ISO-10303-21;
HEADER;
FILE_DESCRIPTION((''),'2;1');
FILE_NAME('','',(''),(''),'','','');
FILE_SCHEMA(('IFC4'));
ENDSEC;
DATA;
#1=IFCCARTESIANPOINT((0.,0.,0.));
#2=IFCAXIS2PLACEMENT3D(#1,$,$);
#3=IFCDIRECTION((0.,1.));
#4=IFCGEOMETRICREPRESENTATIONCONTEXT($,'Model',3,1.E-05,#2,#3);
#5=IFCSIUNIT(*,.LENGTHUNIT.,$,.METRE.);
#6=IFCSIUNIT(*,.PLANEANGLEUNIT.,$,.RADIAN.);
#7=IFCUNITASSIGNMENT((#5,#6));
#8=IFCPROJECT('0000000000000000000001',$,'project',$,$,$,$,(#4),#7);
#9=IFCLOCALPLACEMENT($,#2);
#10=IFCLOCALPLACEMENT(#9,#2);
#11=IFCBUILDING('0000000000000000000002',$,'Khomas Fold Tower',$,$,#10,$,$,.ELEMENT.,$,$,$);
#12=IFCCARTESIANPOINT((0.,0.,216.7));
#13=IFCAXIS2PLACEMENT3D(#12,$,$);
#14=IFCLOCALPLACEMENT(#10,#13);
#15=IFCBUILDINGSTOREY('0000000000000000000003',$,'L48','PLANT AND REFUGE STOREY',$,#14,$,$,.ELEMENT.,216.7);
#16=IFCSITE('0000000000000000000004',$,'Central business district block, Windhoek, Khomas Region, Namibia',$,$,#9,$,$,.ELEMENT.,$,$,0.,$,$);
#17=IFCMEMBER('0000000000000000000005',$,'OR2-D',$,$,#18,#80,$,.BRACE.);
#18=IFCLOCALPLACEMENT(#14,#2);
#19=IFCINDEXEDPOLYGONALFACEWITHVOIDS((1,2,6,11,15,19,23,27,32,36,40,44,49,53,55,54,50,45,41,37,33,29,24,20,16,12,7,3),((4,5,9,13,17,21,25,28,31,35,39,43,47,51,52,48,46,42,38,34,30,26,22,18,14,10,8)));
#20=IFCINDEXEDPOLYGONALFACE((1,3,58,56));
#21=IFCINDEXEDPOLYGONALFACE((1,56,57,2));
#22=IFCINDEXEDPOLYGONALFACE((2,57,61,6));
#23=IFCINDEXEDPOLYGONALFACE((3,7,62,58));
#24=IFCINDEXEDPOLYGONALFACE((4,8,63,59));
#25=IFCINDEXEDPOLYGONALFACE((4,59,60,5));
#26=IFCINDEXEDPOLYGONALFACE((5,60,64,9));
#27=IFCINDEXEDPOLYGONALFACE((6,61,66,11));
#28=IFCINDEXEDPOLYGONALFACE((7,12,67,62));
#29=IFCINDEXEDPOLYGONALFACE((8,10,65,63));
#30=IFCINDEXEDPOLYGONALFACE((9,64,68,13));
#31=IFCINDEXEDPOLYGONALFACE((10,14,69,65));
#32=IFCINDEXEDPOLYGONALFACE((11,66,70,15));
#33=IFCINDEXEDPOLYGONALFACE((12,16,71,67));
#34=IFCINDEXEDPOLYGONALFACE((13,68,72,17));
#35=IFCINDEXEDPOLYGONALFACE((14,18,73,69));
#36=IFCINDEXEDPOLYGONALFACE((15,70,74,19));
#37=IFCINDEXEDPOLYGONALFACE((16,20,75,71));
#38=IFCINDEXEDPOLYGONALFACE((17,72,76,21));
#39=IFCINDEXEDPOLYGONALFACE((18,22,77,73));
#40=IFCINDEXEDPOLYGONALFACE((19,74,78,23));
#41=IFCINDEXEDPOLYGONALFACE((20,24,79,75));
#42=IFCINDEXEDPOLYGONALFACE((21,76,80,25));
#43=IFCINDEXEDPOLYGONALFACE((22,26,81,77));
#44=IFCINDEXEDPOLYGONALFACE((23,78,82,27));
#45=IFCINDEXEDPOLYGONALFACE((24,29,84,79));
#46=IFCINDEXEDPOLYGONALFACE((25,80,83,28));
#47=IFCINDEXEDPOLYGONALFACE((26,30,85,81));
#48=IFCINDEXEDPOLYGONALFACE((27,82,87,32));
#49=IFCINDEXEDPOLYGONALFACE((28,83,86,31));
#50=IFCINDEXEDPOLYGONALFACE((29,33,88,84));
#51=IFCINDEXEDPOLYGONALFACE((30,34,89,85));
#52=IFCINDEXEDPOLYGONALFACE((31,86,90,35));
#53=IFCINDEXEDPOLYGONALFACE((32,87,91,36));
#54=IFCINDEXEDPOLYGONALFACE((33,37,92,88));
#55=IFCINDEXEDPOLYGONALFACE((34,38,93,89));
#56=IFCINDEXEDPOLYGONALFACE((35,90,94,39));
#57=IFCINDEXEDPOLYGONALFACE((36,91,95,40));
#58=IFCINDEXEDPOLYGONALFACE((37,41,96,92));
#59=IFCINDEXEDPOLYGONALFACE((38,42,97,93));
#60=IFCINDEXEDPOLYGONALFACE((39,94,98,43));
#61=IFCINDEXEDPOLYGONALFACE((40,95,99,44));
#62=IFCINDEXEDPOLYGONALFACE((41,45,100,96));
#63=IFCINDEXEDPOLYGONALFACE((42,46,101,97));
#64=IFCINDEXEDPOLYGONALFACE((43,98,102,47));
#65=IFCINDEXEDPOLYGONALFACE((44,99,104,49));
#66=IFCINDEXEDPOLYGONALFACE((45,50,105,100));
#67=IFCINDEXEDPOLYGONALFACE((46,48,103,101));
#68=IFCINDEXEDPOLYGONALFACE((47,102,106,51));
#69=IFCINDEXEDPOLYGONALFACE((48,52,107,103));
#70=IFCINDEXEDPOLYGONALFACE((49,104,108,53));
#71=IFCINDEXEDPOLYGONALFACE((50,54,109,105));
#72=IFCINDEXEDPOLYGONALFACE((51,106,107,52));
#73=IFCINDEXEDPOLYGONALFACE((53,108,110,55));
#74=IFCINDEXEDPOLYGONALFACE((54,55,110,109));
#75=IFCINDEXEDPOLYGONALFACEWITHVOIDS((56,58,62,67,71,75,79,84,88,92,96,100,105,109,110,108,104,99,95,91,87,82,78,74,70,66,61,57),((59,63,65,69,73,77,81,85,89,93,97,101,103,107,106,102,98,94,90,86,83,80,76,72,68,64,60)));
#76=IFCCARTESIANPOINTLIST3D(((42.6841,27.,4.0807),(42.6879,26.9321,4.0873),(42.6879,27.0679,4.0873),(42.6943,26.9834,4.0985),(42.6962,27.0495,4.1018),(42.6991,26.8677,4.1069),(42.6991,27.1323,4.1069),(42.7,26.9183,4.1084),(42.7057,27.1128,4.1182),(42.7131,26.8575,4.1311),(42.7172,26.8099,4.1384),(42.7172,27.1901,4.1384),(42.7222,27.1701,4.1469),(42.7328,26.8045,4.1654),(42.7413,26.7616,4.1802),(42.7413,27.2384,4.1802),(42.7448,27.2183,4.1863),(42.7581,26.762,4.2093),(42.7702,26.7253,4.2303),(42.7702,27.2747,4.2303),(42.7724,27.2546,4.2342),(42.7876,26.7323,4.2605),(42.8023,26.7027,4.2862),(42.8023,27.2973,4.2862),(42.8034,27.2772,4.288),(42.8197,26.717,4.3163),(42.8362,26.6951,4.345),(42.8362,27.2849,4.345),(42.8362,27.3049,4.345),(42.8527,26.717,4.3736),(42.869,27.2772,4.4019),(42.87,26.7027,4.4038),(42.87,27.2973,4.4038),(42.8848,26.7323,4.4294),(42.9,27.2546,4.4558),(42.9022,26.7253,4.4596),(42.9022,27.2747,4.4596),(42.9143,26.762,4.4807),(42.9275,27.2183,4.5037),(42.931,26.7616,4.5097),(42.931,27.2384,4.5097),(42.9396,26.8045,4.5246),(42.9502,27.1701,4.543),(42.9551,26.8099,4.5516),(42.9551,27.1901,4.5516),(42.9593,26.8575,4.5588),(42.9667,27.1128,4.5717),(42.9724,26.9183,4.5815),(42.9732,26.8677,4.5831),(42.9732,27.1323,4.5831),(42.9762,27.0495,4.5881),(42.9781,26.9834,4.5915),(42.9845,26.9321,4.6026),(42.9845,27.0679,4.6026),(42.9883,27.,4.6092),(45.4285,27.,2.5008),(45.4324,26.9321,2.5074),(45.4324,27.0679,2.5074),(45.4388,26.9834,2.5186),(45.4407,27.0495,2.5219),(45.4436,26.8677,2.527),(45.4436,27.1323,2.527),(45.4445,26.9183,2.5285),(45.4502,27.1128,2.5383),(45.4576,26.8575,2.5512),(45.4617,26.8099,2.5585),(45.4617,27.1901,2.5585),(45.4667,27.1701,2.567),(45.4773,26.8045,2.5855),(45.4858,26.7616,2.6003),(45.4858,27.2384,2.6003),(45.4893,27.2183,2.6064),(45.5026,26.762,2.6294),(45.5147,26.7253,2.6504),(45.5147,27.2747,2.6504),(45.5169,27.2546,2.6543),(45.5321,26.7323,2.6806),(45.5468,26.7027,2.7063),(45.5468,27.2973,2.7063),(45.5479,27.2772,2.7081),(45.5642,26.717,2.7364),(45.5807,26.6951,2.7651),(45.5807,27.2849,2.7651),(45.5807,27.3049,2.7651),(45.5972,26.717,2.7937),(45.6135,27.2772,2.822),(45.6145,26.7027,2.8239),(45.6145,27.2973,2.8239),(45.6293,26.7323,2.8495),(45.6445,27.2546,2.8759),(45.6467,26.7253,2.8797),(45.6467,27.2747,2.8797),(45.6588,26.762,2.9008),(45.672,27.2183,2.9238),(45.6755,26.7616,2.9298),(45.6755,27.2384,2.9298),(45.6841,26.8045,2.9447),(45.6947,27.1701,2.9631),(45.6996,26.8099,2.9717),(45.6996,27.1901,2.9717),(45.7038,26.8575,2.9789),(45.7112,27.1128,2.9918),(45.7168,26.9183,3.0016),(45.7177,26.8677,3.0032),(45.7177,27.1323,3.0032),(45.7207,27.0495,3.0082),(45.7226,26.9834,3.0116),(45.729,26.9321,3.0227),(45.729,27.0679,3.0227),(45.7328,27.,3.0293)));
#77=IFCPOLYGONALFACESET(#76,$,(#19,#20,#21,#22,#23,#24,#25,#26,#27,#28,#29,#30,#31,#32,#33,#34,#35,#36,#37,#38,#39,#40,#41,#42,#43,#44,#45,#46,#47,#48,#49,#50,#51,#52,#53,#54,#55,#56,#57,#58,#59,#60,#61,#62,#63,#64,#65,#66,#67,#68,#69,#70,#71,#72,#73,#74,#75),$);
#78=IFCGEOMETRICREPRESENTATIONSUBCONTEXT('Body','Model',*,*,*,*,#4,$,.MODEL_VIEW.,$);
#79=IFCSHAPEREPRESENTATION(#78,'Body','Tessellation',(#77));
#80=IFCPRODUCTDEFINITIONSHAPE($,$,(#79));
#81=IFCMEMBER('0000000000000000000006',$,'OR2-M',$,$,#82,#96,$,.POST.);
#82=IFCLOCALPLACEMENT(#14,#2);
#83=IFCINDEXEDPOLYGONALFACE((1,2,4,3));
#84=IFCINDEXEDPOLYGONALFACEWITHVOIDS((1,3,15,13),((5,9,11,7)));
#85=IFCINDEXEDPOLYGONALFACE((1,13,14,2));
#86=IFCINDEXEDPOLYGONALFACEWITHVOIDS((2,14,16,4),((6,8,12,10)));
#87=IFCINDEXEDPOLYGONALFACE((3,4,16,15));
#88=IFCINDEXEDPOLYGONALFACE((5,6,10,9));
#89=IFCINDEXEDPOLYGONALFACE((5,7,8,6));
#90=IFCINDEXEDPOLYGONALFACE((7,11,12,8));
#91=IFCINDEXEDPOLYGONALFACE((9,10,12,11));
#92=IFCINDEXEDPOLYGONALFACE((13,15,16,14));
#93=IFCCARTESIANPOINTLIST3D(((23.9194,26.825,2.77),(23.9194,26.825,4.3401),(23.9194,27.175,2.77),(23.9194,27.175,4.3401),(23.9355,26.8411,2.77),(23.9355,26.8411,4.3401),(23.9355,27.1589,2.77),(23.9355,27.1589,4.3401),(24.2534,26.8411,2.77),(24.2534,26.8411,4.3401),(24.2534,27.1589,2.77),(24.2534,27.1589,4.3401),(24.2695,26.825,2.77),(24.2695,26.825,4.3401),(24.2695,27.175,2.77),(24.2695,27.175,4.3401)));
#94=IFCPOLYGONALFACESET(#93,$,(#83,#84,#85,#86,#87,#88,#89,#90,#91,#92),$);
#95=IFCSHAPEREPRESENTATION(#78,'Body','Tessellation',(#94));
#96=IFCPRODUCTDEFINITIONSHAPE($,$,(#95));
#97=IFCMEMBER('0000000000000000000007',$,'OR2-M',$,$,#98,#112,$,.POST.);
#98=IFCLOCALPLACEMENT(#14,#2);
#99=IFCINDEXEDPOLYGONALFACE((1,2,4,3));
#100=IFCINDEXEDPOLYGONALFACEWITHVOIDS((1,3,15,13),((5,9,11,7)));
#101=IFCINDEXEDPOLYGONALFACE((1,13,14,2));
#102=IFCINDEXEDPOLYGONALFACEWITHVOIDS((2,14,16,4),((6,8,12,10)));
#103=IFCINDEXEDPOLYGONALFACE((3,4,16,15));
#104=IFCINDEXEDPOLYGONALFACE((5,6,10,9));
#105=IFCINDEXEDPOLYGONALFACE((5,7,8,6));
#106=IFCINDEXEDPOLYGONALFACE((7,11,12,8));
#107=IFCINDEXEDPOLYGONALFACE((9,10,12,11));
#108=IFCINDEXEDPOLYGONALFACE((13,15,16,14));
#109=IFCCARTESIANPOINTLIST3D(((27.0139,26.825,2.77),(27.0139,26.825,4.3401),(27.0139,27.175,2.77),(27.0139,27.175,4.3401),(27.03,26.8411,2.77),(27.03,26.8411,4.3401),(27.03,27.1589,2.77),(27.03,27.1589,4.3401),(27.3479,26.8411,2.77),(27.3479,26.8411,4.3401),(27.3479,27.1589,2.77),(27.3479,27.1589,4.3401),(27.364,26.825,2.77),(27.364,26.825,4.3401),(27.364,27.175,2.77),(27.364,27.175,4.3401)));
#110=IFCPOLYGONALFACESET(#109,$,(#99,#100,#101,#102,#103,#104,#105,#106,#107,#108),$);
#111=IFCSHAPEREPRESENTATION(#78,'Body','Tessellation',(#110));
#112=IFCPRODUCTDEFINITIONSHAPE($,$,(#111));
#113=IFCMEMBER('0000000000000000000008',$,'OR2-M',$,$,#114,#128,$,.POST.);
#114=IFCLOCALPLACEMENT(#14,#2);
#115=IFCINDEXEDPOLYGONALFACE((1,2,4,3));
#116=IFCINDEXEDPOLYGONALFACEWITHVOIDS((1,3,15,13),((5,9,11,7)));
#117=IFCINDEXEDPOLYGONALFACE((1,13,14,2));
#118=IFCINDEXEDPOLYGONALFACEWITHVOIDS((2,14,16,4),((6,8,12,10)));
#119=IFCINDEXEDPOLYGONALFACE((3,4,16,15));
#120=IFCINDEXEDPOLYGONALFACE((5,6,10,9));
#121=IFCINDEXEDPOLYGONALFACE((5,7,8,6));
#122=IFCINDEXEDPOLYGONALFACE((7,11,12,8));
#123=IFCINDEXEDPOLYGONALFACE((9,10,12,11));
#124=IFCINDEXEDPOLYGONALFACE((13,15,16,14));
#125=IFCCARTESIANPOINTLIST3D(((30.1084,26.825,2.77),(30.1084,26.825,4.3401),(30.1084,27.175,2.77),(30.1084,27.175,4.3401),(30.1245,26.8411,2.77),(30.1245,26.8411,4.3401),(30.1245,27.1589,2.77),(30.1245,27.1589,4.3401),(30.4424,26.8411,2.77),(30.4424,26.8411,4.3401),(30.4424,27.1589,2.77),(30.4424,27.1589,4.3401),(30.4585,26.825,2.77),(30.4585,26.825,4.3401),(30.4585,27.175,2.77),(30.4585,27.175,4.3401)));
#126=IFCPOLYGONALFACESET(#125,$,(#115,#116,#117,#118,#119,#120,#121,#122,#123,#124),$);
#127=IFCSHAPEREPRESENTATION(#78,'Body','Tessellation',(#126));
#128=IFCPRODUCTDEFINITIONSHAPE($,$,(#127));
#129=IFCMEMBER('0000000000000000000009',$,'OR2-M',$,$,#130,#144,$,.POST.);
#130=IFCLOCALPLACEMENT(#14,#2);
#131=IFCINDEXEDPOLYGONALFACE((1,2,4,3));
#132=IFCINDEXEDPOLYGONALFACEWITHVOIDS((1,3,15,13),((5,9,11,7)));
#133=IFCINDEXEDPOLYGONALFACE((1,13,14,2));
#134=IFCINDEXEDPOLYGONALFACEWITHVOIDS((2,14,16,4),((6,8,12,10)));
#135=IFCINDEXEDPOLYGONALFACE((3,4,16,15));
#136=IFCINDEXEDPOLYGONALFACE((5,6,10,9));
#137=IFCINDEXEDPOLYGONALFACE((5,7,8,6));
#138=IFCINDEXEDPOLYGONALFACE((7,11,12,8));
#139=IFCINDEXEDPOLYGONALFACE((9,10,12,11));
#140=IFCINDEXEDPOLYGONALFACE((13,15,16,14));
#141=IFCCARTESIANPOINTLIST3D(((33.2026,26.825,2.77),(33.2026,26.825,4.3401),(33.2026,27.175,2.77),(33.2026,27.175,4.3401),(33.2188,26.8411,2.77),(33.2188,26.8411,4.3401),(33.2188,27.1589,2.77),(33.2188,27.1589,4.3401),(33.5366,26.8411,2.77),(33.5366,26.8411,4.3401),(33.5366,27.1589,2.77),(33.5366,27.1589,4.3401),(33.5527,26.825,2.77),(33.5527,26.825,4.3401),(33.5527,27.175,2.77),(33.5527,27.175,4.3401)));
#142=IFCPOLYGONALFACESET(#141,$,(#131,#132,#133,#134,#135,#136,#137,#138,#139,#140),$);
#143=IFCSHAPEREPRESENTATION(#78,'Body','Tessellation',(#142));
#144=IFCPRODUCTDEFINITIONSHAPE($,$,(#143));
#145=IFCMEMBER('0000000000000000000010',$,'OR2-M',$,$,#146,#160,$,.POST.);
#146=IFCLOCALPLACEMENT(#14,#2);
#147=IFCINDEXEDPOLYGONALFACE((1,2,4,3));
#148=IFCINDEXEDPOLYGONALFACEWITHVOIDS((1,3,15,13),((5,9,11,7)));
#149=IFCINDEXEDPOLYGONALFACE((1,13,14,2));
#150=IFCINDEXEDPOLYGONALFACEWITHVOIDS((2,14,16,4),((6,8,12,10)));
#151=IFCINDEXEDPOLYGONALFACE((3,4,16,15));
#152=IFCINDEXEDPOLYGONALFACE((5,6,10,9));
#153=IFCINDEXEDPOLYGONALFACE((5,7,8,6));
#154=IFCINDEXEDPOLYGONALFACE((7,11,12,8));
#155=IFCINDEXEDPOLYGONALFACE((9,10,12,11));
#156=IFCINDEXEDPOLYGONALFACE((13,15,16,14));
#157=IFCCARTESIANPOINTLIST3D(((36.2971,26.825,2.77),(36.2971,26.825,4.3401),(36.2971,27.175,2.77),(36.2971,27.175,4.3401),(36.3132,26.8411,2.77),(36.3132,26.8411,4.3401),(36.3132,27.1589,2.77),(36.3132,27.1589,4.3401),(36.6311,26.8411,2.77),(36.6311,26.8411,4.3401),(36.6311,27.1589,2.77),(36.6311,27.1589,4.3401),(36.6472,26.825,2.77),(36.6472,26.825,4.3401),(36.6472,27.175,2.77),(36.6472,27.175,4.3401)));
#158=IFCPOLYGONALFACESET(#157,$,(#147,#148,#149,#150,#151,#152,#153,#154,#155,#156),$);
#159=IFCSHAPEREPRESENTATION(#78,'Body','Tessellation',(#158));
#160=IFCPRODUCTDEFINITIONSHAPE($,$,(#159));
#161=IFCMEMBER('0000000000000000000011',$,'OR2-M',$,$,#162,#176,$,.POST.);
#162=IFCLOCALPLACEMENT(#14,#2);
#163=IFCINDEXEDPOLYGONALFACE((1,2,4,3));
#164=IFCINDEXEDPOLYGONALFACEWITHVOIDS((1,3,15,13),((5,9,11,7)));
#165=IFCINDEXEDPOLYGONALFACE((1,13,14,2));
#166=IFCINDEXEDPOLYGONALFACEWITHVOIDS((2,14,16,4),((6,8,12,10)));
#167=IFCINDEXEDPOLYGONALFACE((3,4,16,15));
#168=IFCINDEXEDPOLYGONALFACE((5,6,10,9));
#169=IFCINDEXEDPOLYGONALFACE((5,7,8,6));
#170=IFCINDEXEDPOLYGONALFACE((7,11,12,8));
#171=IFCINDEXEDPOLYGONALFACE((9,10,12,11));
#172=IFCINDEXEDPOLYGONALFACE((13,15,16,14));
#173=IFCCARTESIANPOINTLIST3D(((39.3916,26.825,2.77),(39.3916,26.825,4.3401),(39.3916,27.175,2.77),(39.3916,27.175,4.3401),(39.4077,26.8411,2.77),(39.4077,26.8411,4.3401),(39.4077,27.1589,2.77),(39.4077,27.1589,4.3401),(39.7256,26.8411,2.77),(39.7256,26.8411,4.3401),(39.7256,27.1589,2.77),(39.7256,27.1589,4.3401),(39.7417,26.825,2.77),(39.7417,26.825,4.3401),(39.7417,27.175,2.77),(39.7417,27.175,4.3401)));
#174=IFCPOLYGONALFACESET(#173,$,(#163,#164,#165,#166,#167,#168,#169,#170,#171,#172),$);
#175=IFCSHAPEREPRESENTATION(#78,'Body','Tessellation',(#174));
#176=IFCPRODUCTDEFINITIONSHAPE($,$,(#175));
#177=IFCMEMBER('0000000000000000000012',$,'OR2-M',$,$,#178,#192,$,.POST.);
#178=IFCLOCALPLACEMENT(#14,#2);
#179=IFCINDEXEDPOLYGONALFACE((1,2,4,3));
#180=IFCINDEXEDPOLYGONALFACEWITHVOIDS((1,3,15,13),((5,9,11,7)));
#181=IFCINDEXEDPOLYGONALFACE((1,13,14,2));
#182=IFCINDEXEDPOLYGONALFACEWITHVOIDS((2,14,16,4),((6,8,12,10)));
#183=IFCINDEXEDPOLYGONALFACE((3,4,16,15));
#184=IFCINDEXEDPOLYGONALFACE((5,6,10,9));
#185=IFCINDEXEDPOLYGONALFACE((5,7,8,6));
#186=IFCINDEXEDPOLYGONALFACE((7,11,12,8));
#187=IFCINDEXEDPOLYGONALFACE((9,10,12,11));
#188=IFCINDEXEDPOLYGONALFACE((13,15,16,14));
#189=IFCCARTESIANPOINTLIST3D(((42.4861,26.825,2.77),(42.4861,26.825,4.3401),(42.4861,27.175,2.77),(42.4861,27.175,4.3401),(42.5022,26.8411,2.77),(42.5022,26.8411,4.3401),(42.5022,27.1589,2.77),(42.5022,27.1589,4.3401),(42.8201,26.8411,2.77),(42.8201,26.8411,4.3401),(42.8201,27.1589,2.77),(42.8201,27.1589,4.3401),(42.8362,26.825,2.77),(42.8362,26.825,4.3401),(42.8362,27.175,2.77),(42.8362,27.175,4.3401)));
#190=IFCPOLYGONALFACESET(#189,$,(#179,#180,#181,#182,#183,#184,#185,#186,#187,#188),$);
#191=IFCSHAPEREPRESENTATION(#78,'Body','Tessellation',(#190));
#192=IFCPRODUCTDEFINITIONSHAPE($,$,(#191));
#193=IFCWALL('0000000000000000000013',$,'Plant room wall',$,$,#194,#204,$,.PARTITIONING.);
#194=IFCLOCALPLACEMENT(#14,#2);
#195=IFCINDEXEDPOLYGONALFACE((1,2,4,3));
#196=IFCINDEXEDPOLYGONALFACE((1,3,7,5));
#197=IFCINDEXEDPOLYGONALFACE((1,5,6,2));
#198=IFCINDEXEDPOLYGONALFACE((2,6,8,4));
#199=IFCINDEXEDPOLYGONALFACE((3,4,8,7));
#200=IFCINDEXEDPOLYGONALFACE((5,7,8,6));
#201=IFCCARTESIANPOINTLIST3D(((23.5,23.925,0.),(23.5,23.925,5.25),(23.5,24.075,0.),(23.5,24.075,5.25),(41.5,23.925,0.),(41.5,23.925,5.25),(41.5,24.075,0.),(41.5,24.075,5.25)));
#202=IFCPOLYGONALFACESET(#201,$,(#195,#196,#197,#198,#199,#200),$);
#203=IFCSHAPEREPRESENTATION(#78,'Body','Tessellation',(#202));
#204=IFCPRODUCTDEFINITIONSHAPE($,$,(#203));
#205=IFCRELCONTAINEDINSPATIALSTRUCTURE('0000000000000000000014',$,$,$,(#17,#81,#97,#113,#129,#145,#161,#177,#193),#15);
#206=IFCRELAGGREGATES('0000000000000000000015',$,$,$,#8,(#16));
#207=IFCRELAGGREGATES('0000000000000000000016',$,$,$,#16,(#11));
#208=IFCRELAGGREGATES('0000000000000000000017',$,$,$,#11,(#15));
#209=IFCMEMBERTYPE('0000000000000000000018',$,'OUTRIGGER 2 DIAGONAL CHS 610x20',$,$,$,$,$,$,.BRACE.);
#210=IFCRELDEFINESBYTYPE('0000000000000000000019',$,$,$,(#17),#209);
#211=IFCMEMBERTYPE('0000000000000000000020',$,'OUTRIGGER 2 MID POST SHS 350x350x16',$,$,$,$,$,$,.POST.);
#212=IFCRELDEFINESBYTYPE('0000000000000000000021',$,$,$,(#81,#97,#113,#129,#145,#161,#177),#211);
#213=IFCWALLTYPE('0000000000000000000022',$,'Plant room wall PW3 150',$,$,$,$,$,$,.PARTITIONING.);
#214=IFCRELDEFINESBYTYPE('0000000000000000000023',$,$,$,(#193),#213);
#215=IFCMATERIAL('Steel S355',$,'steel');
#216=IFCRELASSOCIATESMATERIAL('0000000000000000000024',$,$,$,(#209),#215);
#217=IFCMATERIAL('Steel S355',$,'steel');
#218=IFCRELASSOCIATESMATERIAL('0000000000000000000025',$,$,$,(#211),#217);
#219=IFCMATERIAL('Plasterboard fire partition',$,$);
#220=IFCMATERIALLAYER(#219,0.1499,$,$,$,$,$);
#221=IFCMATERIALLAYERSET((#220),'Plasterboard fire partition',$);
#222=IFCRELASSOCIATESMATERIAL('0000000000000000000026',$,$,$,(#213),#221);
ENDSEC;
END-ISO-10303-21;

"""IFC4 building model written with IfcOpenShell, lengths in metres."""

from ifc_helpers import new_model, si_unit, direction, frame, frame_2d, origin, origin_2d, place, context, subcontext, project, spatial, rectangle, hollow_rectangle, hollow_circle, extrude, source, transform, mapped, material, layer, layer_set, material_profile, profile_set, type_object, element, save


model = new_model("IFC4")

# Units and contexts
model_context = context("Model", 3, precision=1e-05, world=origin(), true_north=direction((0.0, 1.0)))
body_context = subcontext(model_context, "Body", "Model", "MODEL_VIEW")
ifc_project = project(units=[si_unit("LENGTHUNIT", "METRE"), si_unit("PLANEANGLEUNIT", "RADIAN")], contexts=[model_context])

# Site, building, storey
site_placement = place(None, origin())
site = spatial("IfcSite", under=ifc_project, at=site_placement, Name="Central business district block, Windhoek, Khomas Region, Namibia", CompositionType="ELEMENT", RefElevation=0.0)
building_placement = place(site_placement, origin())
building = spatial("IfcBuilding", under=site, at=building_placement, Name="Khomas Fold Tower", CompositionType="ELEMENT")
storey_placement = place(building_placement, frame((0.0, 0.0, 216.7)))
storey = spatial("IfcBuildingStorey", under=building, at=storey_placement, Name="L48", Description="PLANT AND REFUGE STOREY", CompositionType="ELEMENT", Elevation=216.7)

# Members
ifc_material_1 = material(Name="Steel S355", Category="steel")
ifc_material_profile_1 = material_profile(ifc_material_1, hollow_circle(Radius=0.3049, WallThickness=0.02, at=origin_2d()), Name="CHS 610x20")
ifc_profile_set_1 = profile_set([ifc_material_profile_1], Name="Steel S355")
member_type_1 = type_object("IfcMemberType", Name="OUTRIGGER 2 DIAGONAL CHS 610x20", PredefinedType="BRACE", material=ifc_profile_set_1)
shared_shape_1 = source(origin(), body_context, "Body", "SweptSolid", [
    extrude(hollow_circle(Radius=0.3049, WallThickness=0.02, at=origin_2d()), origin(), (0.0, 0.0, 1.0), 3.1667),
])
for number, where, z_axis, x_axis, name in (
    (1, (42.8362, 27.0, 4.345), (0.866659, 0.0, -0.498901), (0.0, 1.0, 0.0), "OR2-D"),
):
    element("IfcMember", number, at=place(storey_placement, frame(where, z_axis=z_axis, x_axis=x_axis)), inside=storey, type_object=member_type_1, Name=name, PredefinedType="BRACE", context=body_context, shape_type="MappedRepresentation", body=[
        mapped(shared_shape_1, transform((0.0, 0.0, 0.0))),
    ])
ifc_material_2 = material(Name="Steel S355", Category="steel")
ifc_material_profile_2 = material_profile(ifc_material_2, hollow_rectangle(XDim=0.3501, YDim=0.3501, WallThickness=0.0161, at=origin_2d()), Name="SHS 350x350x16")
ifc_profile_set_2 = profile_set([ifc_material_profile_2], Name="Steel S355")
member_type_2 = type_object("IfcMemberType", Name="OUTRIGGER 2 MID POST SHS 350x350x16", PredefinedType="POST", material=ifc_profile_set_2)
shared_shape_2 = source(origin(), body_context, "Body", "SweptSolid", [
    extrude(hollow_rectangle(XDim=0.3501, YDim=0.3501, WallThickness=0.0161, at=origin_2d()), origin(), (0.0, 0.0, 1.0), 1.5701),
])
for number, where, z_axis, x_axis, name in (
    (2, (24.0945, 27.0, 2.77), (0.0, 0.0, 1.0), (1.0, 0.0, 0.0), "OR2-M"),
    (3, (27.189, 27.0, 2.77), (0.0, 0.0, 1.0), (1.0, 0.0, 0.0), "OR2-M"),
    (4, (30.2834, 27.0, 2.77), (0.0, 0.0, 1.0), (1.0, 0.0, 0.0), "OR2-M"),
    (5, (33.3777, 27.0, 2.77), (0.0, 0.0, 1.0), (1.0, 0.0, 0.0), "OR2-M"),
    (6, (36.4722, 27.0, 2.77), (0.0, 0.0, 1.0), (1.0, 0.0, 0.0), "OR2-M"),
    (7, (39.5667, 27.0, 2.77), (0.0, 0.0, 1.0), (1.0, 0.0, 0.0), "OR2-M"),
    (8, (42.6611, 27.0, 2.77), (0.0, 0.0, 1.0), (1.0, 0.0, 0.0), "OR2-M"),
):
    element("IfcMember", number, at=place(storey_placement, frame(where, z_axis=z_axis, x_axis=x_axis)), inside=storey, type_object=member_type_2, Name=name, PredefinedType="POST", context=body_context, shape_type="MappedRepresentation", body=[
        mapped(shared_shape_2, transform((0.0, 0.0, 0.0))),
    ])

# Wall
ifc_material_3 = material(Name="Plasterboard fire partition")
ifc_layer_1 = layer(ifc_material_3, 0.1499)
ifc_layer_set_1 = layer_set([ifc_layer_1], Name="Plasterboard fire partition")
wall_type = type_object("IfcWallType", Name="Plant room wall PW3 150", PredefinedType="PARTITIONING", material=ifc_layer_set_1)
shared_shape_3 = source(origin(), body_context, "Body", "SweptSolid", [
    extrude(rectangle(XDim=18.0, YDim=0.1499, at=frame_2d((9.0, 0.0))), origin(), (0.0, 0.0, 1.0), 5.25),
])
wall_placement = place(storey_placement, frame((23.5, 24.0, 0.0), z_axis=(0.0, 0.0, 1.0), x_axis=(1.0, 0.0, 0.0)))
element("IfcWall", 9, at=wall_placement, inside=storey, type_object=wall_type, Name="Plant room wall", PredefinedType="PARTITIONING", context=body_context, shape_type="MappedRepresentation", body=[
    mapped(shared_shape_3, transform((0.0, 0.0, 0.0))),
])

save(model, "model.ifc")
